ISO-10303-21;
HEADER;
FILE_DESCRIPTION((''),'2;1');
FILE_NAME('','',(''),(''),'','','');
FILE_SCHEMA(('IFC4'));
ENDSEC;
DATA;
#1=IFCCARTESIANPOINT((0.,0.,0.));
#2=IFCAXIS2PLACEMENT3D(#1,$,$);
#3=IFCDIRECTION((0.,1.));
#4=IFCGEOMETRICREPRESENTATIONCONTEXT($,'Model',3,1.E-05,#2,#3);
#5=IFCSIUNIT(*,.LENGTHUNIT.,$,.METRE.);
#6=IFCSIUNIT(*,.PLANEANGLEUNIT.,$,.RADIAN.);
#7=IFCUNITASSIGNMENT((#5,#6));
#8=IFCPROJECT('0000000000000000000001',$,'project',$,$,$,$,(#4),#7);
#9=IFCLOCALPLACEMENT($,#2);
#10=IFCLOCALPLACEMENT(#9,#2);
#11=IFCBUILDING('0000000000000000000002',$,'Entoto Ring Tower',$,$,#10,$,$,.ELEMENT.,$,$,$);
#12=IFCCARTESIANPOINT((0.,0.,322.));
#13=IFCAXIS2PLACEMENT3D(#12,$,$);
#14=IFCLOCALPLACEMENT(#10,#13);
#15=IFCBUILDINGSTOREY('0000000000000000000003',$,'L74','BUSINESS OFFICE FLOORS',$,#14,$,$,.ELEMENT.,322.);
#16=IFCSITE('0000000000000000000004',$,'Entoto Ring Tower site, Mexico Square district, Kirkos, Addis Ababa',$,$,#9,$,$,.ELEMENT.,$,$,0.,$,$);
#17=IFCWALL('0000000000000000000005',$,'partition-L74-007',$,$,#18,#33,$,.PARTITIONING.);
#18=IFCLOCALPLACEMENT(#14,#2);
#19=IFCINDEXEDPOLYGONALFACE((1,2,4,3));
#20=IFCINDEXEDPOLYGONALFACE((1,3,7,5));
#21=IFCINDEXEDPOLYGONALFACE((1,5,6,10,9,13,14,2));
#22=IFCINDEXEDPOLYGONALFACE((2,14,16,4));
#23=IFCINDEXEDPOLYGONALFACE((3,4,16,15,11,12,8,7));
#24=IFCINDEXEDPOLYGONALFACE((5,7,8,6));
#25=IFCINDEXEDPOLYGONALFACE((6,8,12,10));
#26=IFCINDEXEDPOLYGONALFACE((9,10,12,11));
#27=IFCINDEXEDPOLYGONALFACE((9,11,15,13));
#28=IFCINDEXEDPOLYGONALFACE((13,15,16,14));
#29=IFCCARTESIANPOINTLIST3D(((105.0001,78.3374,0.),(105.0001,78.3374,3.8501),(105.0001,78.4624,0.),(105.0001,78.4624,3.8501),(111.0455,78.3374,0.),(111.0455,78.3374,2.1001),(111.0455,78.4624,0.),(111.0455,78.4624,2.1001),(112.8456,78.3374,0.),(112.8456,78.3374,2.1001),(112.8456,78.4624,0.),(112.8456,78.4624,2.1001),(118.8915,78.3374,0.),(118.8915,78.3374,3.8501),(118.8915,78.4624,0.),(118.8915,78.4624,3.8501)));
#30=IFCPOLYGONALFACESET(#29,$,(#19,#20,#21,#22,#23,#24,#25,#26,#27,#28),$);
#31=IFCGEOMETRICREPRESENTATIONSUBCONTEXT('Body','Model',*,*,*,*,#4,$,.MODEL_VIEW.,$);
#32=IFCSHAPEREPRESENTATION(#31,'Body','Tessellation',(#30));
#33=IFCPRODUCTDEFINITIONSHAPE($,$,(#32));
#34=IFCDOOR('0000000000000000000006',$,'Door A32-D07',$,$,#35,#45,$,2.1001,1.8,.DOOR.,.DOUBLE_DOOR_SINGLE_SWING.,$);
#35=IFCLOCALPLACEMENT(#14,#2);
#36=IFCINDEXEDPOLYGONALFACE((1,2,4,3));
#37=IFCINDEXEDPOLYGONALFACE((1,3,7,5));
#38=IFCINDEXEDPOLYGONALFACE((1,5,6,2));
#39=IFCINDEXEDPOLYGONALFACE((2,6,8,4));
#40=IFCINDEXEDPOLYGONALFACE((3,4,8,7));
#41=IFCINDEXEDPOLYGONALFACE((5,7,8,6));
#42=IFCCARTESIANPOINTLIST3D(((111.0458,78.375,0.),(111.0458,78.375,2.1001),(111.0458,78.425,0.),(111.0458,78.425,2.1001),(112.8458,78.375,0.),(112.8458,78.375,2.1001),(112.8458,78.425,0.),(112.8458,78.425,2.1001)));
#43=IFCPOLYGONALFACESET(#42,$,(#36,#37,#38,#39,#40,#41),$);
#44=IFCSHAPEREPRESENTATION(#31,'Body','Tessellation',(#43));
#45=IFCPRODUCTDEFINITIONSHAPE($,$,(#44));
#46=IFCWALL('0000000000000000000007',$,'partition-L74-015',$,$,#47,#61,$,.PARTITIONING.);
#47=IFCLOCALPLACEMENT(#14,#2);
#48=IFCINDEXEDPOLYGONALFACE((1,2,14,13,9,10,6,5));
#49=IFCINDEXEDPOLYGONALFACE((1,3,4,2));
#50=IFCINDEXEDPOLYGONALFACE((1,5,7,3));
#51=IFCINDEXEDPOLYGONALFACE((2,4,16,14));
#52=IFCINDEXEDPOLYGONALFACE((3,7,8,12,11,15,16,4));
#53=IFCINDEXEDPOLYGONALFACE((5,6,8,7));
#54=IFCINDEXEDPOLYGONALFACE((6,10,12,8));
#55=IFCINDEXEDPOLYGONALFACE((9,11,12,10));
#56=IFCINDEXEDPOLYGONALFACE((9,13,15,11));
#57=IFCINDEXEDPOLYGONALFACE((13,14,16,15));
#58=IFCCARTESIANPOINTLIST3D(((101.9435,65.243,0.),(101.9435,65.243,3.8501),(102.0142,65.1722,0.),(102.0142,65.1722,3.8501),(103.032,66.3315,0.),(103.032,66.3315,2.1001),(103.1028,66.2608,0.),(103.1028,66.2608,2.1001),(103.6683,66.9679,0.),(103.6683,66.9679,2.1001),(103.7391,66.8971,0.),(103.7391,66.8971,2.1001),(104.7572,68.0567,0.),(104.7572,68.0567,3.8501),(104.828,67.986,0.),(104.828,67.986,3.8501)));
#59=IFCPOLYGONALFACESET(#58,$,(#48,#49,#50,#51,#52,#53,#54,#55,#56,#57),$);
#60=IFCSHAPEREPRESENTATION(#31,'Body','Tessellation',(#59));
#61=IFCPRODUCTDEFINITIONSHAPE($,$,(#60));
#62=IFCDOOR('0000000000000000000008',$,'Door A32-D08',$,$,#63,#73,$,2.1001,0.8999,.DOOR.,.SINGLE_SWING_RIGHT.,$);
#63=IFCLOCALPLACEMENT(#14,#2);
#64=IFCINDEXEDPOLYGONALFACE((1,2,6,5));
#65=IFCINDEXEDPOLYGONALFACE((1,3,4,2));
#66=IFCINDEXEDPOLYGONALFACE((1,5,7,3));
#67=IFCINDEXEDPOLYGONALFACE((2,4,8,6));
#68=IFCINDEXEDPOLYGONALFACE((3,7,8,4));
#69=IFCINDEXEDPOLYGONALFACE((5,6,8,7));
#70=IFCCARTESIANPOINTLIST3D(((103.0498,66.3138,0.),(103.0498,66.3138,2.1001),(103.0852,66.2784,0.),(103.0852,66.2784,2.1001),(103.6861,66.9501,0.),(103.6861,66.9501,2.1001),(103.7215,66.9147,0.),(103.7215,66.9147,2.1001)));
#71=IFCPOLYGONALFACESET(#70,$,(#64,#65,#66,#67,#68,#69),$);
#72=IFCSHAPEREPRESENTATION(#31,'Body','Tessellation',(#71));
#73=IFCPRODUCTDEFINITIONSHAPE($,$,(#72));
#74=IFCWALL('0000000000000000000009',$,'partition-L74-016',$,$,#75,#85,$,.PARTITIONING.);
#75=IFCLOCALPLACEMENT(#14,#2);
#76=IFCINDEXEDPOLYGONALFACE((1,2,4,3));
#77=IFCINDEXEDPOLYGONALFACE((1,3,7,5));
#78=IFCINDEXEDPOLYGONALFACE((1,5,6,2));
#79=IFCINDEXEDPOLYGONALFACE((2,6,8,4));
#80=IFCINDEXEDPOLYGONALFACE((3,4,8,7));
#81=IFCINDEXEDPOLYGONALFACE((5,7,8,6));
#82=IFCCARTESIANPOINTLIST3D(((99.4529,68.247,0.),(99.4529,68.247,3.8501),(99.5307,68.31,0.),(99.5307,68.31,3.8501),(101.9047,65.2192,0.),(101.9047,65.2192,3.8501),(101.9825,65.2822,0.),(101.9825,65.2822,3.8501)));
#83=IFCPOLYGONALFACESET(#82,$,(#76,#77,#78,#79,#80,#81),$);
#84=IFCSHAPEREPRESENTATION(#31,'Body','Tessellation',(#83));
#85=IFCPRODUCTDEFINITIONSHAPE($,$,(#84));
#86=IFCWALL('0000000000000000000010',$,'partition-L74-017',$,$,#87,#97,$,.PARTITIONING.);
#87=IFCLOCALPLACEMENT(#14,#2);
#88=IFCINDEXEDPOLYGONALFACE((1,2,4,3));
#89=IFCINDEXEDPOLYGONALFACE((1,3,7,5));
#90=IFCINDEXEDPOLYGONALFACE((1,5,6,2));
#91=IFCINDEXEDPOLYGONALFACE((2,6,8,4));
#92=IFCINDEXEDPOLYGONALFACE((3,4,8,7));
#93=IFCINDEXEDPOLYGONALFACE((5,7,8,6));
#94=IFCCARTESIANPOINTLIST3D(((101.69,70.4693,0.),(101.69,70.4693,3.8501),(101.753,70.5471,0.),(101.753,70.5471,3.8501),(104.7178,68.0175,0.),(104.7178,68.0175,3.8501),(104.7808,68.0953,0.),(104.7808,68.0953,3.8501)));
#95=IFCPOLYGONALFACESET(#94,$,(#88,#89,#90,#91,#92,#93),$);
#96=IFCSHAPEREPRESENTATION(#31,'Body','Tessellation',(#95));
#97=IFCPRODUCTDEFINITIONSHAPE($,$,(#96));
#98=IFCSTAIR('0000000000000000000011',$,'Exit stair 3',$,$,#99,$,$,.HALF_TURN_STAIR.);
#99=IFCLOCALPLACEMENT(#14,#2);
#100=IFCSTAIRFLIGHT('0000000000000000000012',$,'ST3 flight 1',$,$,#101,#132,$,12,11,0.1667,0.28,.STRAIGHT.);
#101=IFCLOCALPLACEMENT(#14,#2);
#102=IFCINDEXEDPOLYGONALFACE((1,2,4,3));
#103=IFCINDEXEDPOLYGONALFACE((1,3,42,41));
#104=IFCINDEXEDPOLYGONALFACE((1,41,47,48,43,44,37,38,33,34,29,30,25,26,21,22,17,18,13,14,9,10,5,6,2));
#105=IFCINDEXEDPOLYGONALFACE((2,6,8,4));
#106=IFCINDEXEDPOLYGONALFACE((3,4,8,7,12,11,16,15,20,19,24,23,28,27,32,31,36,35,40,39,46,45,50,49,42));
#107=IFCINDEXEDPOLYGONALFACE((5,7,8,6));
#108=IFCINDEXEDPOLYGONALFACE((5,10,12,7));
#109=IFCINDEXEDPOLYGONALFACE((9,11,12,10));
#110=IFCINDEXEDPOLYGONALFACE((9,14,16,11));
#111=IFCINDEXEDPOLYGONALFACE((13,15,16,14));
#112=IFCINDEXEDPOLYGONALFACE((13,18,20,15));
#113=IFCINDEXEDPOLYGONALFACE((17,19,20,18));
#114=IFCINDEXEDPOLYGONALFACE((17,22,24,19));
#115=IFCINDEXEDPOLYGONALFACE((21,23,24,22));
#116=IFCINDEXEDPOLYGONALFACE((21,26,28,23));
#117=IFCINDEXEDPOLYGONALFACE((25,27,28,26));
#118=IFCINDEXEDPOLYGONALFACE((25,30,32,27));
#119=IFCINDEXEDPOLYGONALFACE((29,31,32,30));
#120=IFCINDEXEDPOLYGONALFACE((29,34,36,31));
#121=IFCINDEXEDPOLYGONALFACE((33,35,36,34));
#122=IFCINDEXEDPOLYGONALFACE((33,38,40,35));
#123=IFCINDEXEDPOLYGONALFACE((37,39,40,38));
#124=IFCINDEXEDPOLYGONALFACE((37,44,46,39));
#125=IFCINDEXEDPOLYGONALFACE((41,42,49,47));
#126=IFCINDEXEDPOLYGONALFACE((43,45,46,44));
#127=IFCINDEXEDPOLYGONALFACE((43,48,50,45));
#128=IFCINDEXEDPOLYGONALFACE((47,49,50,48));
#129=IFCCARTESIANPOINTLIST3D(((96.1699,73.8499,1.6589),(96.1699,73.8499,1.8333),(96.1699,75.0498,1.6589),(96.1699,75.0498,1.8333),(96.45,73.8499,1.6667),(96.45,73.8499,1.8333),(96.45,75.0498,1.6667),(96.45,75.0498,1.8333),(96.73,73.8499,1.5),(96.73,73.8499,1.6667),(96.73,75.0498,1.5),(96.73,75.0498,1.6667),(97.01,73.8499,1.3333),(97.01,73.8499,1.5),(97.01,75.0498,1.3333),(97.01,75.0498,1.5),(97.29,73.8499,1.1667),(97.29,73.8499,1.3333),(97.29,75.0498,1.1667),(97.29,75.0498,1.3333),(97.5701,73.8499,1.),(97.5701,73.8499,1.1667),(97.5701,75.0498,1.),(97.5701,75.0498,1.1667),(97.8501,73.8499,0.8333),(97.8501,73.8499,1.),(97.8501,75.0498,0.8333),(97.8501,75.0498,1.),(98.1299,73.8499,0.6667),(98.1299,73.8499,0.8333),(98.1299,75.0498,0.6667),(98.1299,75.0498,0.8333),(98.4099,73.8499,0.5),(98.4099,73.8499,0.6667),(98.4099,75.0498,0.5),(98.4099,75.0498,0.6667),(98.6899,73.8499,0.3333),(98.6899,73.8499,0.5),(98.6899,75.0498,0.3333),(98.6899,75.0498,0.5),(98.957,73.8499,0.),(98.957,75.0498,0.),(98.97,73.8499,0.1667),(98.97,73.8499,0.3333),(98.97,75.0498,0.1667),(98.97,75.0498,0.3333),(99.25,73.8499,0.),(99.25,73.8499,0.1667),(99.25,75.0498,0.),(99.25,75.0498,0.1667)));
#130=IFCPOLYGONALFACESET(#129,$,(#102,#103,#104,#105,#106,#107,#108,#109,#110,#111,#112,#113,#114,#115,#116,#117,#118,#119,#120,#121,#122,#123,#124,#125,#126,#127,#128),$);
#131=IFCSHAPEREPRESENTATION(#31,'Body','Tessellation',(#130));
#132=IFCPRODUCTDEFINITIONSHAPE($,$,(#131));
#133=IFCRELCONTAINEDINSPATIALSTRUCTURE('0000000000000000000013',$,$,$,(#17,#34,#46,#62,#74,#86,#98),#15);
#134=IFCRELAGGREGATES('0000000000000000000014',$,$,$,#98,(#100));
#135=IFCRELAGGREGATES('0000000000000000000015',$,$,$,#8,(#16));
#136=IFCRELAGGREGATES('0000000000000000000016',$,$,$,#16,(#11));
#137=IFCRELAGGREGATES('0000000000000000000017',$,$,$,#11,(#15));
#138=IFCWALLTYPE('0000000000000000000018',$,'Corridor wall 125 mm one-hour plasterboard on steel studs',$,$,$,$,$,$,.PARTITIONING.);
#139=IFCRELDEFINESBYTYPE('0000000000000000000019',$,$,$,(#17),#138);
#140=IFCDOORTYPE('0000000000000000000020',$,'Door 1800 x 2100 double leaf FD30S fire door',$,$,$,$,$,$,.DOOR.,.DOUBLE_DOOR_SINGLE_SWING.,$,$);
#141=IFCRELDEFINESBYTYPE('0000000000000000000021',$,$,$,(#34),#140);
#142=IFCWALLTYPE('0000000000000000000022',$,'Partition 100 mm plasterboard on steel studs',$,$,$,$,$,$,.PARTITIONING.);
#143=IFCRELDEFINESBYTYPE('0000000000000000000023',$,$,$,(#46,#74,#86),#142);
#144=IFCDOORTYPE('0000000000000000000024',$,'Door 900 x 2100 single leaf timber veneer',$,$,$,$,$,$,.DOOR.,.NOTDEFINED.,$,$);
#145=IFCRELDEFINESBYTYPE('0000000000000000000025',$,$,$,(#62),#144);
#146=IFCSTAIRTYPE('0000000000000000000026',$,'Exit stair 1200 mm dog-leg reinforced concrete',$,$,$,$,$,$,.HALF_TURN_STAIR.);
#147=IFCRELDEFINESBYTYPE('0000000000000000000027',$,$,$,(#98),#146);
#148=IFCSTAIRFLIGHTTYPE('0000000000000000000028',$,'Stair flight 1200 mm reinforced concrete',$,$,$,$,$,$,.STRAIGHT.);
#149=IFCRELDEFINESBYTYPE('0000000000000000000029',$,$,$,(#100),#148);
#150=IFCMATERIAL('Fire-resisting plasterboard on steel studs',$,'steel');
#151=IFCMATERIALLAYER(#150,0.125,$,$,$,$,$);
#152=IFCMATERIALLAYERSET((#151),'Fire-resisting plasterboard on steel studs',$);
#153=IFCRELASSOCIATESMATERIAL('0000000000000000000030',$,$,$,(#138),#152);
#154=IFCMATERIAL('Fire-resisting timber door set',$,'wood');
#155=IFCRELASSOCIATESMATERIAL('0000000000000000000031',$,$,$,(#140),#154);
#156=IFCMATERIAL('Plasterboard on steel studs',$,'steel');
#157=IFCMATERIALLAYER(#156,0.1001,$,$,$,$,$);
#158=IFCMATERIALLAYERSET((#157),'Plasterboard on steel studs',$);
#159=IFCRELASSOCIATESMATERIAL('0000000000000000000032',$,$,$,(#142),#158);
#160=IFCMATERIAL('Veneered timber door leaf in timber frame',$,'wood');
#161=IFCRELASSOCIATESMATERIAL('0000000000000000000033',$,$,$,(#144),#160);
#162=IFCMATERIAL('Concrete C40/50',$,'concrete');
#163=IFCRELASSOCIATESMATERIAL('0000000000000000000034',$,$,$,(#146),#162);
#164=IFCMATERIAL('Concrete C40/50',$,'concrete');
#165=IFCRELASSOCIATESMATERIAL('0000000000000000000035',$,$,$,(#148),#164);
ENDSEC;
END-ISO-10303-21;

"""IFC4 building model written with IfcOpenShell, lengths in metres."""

from ifc_helpers import new_model, si_unit, direction, frame, frame_2d, origin, place, context, subcontext, project, spatial, polyline, rectangle, outline, extrude, material, layer, layer_set, type_object, element, fill, aggregate, save


model = new_model("IFC4")

# Units and contexts
model_context = context("Model", 3, precision=1e-05, world=origin(), true_north=direction((0.0, 1.0)))
body_context = subcontext(model_context, "Body", "Model", "MODEL_VIEW")
ifc_project = project(units=[si_unit("LENGTHUNIT", "METRE"), si_unit("PLANEANGLEUNIT", "RADIAN")], contexts=[model_context])

# Site, building, storey
site_placement = place(None, origin())
site = spatial("IfcSite", under=ifc_project, at=site_placement, Name="Entoto Ring Tower site, Mexico Square district, Kirkos, Addis Ababa", CompositionType="ELEMENT", RefElevation=0.0)
building_placement = place(site_placement, origin())
building = spatial("IfcBuilding", under=site, at=building_placement, Name="Entoto Ring Tower", CompositionType="ELEMENT")
storey_placement = place(building_placement, frame((0.0, 0.0, 322.0)))
storey = spatial("IfcBuildingStorey", under=building, at=storey_placement, Name="L74", Description="BUSINESS OFFICE FLOORS", CompositionType="ELEMENT", Elevation=322.0)

# Walls, openings, doors
ifc_material_1 = material(Name="Fire-resisting plasterboard on steel studs", Category="steel")
ifc_layer_1 = layer(ifc_material_1, 0.125)
ifc_layer_set_1 = layer_set([ifc_layer_1], Name="Fire-resisting plasterboard on steel studs")
wall_type_1 = type_object("IfcWallType", Name="Corridor wall 125 mm one-hour plasterboard on steel studs", PredefinedType="PARTITIONING", material=ifc_layer_set_1)
wall_1_placement = place(storey_placement, frame((105.0, 78.3999, 0.0), z_axis=(0.0, 0.0, 1.0), x_axis=(1.0, 0.0, 0.0)))
wall_1 = element("IfcWall", 1, at=wall_1_placement, inside=storey, type_object=wall_type_1, Name="partition-L74-007", PredefinedType="PARTITIONING", context=body_context, shape_type="SweptSolid", body=[
    extrude(rectangle(XDim=13.8914, YDim=0.125, at=frame_2d((6.9458, 0.0))), origin(), (0.0, 0.0, 1.0), 3.8501),
])
opening_1_placement = place(wall_1_placement, frame((6.0457, 0.0, 0.0)))
opening_1 = element("IfcOpeningElement", 2, at=opening_1_placement, cuts=wall_1, PredefinedType="OPENING", context=body_context, shape_type="SweptSolid", body=[
    extrude(rectangle(XDim=1.8, YDim=2.1001, at=frame_2d((0.8999, 1.05))), frame((0.0, 0.0725, 0.0), z_axis=(0.0, -1.0, 0.0), x_axis=(1.0, 0.0, 0.0)), (0.0, 0.0, 1.0), 0.145),
])
ifc_material_2 = material(Name="Fire-resisting timber door set", Category="wood")
door_type_1 = type_object("IfcDoorType", Name="Door 1800 x 2100 double leaf FD30S fire door", OperationType="DOUBLE_DOOR_SINGLE_SWING", PredefinedType="DOOR", material=ifc_material_2)
door_1_placement = place(opening_1_placement, frame((1.8, 0.0, 0.0), z_axis=(0.0, 0.0, 1.0), x_axis=(-1.0, 0.0, 0.0)))
door_1 = element("IfcDoor", 3, at=door_1_placement, inside=storey, type_object=door_type_1, Name="Door A32-D07", OperationType="DOUBLE_DOOR_SINGLE_SWING", OverallHeight=2.1001, OverallWidth=1.8, PredefinedType="DOOR", context=body_context, shape_type="SweptSolid", body=[
    extrude(rectangle(XDim=1.8, YDim=2.1001, at=frame_2d((0.8999, 1.05))), frame((0.0, 0.0249, 0.0), z_axis=(0.0, -1.0, 0.0), x_axis=(1.0, 0.0, 0.0)), (0.0, 0.0, 1.0), 0.05),
])
fill(opening_1, door_1)
ifc_material_3 = material(Name="Plasterboard on steel studs", Category="steel")
ifc_layer_2 = layer(ifc_material_3, 0.1001)
ifc_layer_set_2 = layer_set([ifc_layer_2], Name="Plasterboard on steel studs")
wall_type_2 = type_object("IfcWallType", Name="Partition 100 mm plasterboard on steel studs", PredefinedType="PARTITIONING", material=ifc_layer_set_2)
wall_2_placement = place(storey_placement, frame((101.9788, 65.2075, 0.0), z_axis=(0.0, 0.0, 1.0), x_axis=(0.707107, 0.707107, 0.0)))
wall_2 = element("IfcWall", 4, at=wall_2_placement, inside=storey, type_object=wall_type_2, Name="partition-L74-015", PredefinedType="PARTITIONING", context=body_context, shape_type="SweptSolid", body=[
    extrude(rectangle(XDim=3.9792, YDim=0.1001, at=frame_2d((1.9897, 0.0))), origin(), (0.0, 0.0, 1.0), 3.8501),
])
opening_2_placement = place(wall_2_placement, frame((1.5396, 0.0, 0.0)))
opening_2 = element("IfcOpeningElement", 5, at=opening_2_placement, cuts=wall_2, PredefinedType="OPENING", context=body_context, shape_type="SweptSolid", body=[
    extrude(rectangle(XDim=0.8999, YDim=2.1001, at=frame_2d((0.45, 1.05))), frame((0.0, 0.0601, 0.0), z_axis=(0.0, -1.0, 0.0), x_axis=(1.0, 0.0, 0.0)), (0.0, 0.0, 1.0), 0.1201),
])
ifc_material_4 = material(Name="Veneered timber door leaf in timber frame", Category="wood")
door_type_2 = type_object("IfcDoorType", Name="Door 900 x 2100 single leaf timber veneer", OperationType="NOTDEFINED", PredefinedType="DOOR", material=ifc_material_4)
door_2_placement = place(opening_2_placement, origin())
door_2 = element("IfcDoor", 6, at=door_2_placement, inside=storey, type_object=door_type_2, Name="Door A32-D08", OperationType="SINGLE_SWING_RIGHT", OverallHeight=2.1001, OverallWidth=0.8999, PredefinedType="DOOR", context=body_context, shape_type="SweptSolid", body=[
    extrude(rectangle(XDim=0.8999, YDim=2.1001, at=frame_2d((0.45, 1.05))), frame((0.0, 0.0249, 0.0), z_axis=(0.0, -1.0, 0.0), x_axis=(1.0, 0.0, 0.0)), (0.0, 0.0, 1.0), 0.05),
])
fill(opening_2, door_2)

# Walls
for number, where, z_axis, x_axis, name in (
    (7, (101.9436, 65.2507, 0.0), (0.0, 0.0, 1.0), (-0.629323, 0.777144, 0.0), "partition-L74-016"),
    (8, (104.7493, 68.0564, 0.0), (0.0, 0.0, 1.0), (-0.777144, 0.629323, 0.0), "partition-L74-017"),
):
    element("IfcWall", number, at=place(storey_placement, frame(where, z_axis=z_axis, x_axis=x_axis)), inside=storey, type_object=wall_type_2, Name=name, PredefinedType="PARTITIONING", context=body_context, shape_type="SweptSolid", body=[
        extrude(rectangle(XDim=3.896, YDim=0.1001, at=frame_2d((1.948, 0.0))), origin(), (0.0, 0.0, 1.0), 3.8501),
    ])

# Stair, stair flight
ifc_material_5 = material(Name="Concrete C40/50", Category="concrete")
stair_type = type_object("IfcStairType", Name="Exit stair 1200 mm dog-leg reinforced concrete", PredefinedType="HALF_TURN_STAIR", material=ifc_material_5)
stair_placement = place(storey_placement, origin())
stair = element("IfcStair", 9, at=stair_placement, inside=storey, type_object=stair_type, Name="Exit stair 3", PredefinedType="HALF_TURN_STAIR")
ifc_material_6 = material(Name="Concrete C40/50", Category="concrete")
stair_flight_type = type_object("IfcStairFlightType", Name="Stair flight 1200 mm reinforced concrete", PredefinedType="STRAIGHT", material=ifc_material_6)
stair_flight_placement = place(storey_placement, frame((99.25, 74.45, 0.0), z_axis=(0.0, 0.0, 1.0), x_axis=(-1.0, 0.0, 0.0)))
stair_flight = element("IfcStairFlight", 10, at=stair_flight_placement, type_object=stair_flight_type, Name="ST3 flight 1", NumberOfRisers=12, NumberOfTreads=11, PredefinedType="STRAIGHT", RiserHeight=0.1667, TreadLength=0.28, context=body_context, shape_type="SweptSolid", body=[
    extrude(outline(polyline([(0.0, 0.0), (0.0, 0.1667), (0.28, 0.1667), (0.28, 0.3333), (0.5601, 0.3333), (0.5601, 0.5), (0.8401, 0.5), (0.8401, 0.6667), (1.1201, 0.6667), (1.1201, 0.8333), (1.3999, 0.8333), (1.3999, 1.0), (1.6799, 1.0), (1.6799, 1.1667), (1.96, 1.1667), (1.96, 1.3333), (2.24, 1.3333), (2.24, 1.5), (2.52, 1.5), (2.52, 1.6667), (2.8, 1.6667), (2.8, 1.8333), (3.0801, 1.8333), (3.0801, 2.0), (3.0801, 1.6589), (0.293, 0.0), (0.0, 0.0)])), frame((0.0, 0.6001, 0.0), z_axis=(0.0, -1.0, 0.0), x_axis=(1.0, 0.0, 0.0)), (0.0, 0.0, 1.0), 1.2),
])
aggregate(stair, [stair_flight])

save(model, "model.ifc")
